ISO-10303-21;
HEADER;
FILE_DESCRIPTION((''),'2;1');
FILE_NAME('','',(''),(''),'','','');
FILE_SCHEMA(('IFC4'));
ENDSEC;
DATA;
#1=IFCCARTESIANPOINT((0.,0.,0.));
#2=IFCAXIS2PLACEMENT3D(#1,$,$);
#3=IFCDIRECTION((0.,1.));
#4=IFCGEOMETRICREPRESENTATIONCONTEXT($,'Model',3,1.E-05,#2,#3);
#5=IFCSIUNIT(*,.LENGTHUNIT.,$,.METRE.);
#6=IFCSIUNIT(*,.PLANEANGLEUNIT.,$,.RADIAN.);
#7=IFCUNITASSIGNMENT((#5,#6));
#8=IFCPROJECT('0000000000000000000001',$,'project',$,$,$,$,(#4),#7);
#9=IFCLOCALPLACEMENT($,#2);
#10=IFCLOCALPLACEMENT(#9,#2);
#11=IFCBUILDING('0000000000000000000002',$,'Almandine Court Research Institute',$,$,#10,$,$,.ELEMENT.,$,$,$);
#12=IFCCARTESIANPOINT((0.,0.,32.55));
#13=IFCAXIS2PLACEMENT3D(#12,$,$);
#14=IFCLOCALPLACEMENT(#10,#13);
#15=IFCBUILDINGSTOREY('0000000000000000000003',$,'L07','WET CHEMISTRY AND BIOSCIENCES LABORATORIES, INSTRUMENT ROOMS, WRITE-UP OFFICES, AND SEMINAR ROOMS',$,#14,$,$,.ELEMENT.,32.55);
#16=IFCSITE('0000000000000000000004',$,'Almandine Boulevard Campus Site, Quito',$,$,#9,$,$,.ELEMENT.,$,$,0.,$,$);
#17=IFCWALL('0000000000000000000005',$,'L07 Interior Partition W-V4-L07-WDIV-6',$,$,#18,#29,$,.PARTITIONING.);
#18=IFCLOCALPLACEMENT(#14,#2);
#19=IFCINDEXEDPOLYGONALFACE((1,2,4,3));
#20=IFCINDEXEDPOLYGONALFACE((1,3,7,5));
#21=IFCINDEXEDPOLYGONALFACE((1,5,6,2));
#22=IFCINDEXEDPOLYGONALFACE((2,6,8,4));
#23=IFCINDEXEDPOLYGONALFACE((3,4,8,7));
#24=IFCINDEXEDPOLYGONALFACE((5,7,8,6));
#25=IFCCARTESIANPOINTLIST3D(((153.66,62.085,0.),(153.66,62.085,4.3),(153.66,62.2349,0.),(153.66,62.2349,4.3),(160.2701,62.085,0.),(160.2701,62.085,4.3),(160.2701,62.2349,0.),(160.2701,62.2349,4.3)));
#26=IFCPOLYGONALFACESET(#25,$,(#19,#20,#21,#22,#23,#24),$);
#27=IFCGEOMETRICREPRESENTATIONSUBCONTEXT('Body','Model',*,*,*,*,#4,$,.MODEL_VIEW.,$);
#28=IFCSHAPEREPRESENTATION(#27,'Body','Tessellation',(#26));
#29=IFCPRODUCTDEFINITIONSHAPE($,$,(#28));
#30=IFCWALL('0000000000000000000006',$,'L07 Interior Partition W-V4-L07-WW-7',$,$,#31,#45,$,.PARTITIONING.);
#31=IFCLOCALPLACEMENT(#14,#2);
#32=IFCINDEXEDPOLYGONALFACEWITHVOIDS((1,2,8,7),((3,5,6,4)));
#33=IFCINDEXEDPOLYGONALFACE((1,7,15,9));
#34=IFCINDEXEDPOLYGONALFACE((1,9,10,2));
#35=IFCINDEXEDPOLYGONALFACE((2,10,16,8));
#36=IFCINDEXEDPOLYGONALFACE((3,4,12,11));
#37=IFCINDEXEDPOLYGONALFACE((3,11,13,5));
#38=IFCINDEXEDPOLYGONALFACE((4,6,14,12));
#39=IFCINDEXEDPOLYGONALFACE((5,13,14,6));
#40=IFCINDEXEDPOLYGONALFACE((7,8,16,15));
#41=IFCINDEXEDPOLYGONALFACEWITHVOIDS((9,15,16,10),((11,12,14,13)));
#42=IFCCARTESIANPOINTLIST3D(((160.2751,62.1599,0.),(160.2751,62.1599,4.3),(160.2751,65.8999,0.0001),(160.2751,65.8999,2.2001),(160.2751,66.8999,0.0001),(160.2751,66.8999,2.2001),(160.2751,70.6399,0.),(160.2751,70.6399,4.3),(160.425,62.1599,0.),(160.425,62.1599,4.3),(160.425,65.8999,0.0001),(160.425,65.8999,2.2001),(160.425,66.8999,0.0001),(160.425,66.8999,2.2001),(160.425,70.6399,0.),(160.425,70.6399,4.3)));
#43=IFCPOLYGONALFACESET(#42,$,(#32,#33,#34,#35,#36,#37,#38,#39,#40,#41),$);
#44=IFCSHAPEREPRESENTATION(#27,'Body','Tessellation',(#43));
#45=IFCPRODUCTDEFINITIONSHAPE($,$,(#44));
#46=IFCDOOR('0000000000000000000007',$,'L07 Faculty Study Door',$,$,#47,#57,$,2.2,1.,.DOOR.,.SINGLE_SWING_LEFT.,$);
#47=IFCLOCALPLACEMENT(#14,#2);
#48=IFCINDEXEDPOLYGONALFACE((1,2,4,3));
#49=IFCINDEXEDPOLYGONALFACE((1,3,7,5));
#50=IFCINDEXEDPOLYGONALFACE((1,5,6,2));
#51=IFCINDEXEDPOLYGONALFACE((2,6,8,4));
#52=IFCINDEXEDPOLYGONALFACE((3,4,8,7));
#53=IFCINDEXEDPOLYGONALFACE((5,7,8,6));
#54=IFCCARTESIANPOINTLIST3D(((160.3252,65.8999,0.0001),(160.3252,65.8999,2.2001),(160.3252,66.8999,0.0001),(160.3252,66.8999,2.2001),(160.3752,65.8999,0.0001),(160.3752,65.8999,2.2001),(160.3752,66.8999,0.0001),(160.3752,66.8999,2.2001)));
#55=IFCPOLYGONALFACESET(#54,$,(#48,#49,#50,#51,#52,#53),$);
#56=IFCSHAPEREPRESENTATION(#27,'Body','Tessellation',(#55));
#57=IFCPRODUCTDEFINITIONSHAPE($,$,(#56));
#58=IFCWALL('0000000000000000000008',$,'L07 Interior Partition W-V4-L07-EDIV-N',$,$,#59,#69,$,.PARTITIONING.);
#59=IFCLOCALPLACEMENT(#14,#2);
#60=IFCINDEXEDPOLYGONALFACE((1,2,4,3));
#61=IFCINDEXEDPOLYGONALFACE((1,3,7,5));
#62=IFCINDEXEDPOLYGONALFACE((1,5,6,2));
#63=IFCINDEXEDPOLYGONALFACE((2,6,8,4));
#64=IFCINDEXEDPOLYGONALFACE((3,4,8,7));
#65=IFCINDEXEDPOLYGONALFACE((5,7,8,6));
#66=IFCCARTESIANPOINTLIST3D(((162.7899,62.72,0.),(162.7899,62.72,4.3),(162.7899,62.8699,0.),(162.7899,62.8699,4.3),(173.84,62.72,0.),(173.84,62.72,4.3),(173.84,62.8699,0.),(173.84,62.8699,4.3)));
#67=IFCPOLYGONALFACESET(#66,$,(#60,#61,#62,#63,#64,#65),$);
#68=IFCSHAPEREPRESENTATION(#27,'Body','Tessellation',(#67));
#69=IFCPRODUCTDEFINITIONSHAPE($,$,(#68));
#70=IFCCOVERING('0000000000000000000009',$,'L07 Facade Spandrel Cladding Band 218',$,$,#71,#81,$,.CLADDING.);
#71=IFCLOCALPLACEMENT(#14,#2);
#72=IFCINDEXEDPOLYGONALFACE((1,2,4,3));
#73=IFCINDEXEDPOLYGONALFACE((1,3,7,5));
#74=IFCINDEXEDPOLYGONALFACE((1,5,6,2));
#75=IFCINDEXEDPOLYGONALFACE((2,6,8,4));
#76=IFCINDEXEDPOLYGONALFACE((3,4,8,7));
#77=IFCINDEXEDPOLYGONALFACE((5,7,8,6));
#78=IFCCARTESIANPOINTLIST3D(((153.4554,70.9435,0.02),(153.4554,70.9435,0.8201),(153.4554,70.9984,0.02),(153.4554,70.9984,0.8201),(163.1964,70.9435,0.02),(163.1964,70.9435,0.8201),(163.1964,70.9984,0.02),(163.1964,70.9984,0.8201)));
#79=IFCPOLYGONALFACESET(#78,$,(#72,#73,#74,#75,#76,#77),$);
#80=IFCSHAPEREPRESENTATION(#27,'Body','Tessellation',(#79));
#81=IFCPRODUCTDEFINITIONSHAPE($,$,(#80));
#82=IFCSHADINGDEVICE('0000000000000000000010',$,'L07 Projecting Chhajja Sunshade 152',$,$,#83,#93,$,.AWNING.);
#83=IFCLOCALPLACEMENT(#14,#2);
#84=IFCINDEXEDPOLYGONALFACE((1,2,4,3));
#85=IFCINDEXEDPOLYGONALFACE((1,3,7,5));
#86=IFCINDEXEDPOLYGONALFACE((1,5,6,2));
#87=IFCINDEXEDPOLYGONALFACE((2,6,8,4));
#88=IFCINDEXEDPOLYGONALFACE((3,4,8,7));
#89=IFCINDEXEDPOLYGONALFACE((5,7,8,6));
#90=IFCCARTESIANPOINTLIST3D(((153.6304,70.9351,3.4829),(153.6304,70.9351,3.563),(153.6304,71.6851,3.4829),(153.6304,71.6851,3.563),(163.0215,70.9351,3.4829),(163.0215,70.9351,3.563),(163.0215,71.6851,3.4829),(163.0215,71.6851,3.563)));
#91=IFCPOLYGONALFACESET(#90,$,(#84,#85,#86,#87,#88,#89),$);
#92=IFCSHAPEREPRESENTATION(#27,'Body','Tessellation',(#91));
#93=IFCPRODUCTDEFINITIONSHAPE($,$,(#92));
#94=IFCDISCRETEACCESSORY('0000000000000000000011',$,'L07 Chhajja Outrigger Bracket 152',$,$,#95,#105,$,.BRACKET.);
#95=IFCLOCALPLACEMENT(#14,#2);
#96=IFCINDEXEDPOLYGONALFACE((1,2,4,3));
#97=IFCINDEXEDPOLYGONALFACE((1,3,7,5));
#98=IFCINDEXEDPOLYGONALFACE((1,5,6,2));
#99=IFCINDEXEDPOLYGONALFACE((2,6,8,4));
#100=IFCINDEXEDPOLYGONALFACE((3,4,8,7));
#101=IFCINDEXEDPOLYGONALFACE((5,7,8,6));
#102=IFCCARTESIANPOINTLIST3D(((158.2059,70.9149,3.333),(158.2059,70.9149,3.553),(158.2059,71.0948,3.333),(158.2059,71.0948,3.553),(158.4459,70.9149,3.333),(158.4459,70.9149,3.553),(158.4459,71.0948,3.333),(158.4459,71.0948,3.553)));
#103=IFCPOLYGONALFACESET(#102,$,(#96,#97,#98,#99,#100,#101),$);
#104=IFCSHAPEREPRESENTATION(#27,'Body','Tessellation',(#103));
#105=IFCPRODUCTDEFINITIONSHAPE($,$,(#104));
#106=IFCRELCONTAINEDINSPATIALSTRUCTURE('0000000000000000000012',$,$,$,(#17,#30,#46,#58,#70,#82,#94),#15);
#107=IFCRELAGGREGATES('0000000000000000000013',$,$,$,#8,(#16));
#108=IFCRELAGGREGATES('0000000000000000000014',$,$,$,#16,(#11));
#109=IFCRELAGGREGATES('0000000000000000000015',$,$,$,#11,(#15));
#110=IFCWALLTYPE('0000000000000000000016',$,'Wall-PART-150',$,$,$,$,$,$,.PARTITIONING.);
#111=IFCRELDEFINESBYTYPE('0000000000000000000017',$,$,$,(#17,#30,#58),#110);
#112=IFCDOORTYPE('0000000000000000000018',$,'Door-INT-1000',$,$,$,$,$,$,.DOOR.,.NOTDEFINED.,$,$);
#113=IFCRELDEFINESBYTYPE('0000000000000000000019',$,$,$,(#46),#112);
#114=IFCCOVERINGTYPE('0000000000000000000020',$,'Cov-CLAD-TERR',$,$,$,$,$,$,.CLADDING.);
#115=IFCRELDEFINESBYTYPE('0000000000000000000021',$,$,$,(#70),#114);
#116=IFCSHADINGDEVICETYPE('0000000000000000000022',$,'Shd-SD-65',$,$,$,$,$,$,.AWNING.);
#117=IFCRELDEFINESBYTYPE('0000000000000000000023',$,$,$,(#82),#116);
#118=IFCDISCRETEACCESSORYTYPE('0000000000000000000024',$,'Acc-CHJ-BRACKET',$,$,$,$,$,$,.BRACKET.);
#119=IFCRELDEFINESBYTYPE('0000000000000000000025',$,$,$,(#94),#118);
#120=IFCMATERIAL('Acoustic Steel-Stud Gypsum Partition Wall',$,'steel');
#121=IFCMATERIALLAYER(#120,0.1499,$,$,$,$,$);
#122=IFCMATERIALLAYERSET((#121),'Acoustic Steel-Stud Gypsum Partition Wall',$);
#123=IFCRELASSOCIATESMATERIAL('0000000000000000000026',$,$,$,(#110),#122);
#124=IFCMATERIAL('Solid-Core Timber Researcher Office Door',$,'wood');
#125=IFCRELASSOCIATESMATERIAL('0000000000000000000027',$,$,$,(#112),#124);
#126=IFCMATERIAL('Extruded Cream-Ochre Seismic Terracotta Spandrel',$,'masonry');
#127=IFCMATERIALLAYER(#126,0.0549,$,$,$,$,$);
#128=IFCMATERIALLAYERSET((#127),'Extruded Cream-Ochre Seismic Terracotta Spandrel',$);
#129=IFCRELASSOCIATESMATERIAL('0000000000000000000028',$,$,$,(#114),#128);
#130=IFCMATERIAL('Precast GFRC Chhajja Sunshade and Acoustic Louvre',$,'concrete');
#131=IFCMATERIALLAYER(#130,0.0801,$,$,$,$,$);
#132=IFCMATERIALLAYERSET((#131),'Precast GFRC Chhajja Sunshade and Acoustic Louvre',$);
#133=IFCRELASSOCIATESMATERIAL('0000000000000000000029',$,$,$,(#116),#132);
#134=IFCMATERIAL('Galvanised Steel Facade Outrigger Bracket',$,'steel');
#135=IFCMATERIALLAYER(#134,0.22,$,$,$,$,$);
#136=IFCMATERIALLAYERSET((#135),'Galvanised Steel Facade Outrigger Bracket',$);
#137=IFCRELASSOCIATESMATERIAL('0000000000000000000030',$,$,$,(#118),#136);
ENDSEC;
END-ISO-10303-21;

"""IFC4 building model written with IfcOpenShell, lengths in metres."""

from ifc_helpers import new_model, si_unit, direction, frame, frame_2d, origin, origin_2d, place, context, subcontext, project, spatial, rectangle, extrude, material, layer, layer_set, type_object, element, fill, save


model = new_model("IFC4")

# Units and contexts
model_context = context("Model", 3, precision=1e-05, world=origin(), true_north=direction((0.0, 1.0)))
body_context = subcontext(model_context, "Body", "Model", "MODEL_VIEW")
ifc_project = project(units=[si_unit("LENGTHUNIT", "METRE"), si_unit("PLANEANGLEUNIT", "RADIAN")], contexts=[model_context])

# Site, building, storey
site_placement = place(None, origin())
site = spatial("IfcSite", under=ifc_project, at=site_placement, Name="Almandine Boulevard Campus Site, Quito", CompositionType="ELEMENT", RefElevation=0.0)
building_placement = place(site_placement, origin())
building = spatial("IfcBuilding", under=site, at=building_placement, Name="Almandine Court Research Institute", CompositionType="ELEMENT")
storey_placement = place(building_placement, frame((0.0, 0.0, 32.55)))
storey = spatial("IfcBuildingStorey", under=building, at=storey_placement, Name="L07", Description="WET CHEMISTRY AND BIOSCIENCES LABORATORIES, INSTRUMENT ROOMS, WRITE-UP OFFICES, AND SEMINAR ROOMS", CompositionType="ELEMENT", Elevation=32.55)

# Wall
ifc_material_1 = material(Name="Acoustic Steel-Stud Gypsum Partition Wall", Category="steel")
ifc_layer_1 = layer(ifc_material_1, 0.1499)
ifc_layer_set_1 = layer_set([ifc_layer_1], Name="Acoustic Steel-Stud Gypsum Partition Wall")
wall_type_1 = type_object("IfcWallType", Name="Wall-PART-150", PredefinedType="PARTITIONING", material=ifc_layer_set_1)
wall_1_placement = place(storey_placement, frame((153.6599, 62.1599, 0.0), z_axis=(0.0, 0.0, 1.0), x_axis=(1.0, 0.0, 0.0)))
element("IfcWall", 1, at=wall_1_placement, inside=storey, type_object=wall_type_1, Name="L07 Interior Partition W-V4-L07-WDIV-6", PredefinedType="PARTITIONING", context=body_context, shape_type="SweptSolid", body=[
    extrude(rectangle(XDim=6.6101, YDim=0.1499, at=frame_2d((3.3052, 0.0))), origin(), (0.0, 0.0, 1.0), 4.3),
])

# Wall, opening, door
wall_2_placement = place(storey_placement, frame((160.3501, 62.1599, 0.0), z_axis=(0.0, 0.0, 1.0), x_axis=(0.0, 1.0, 0.0)))
wall_2 = element("IfcWall", 2, at=wall_2_placement, inside=storey, type_object=wall_type_1, Name="L07 Interior Partition W-V4-L07-WW-7", PredefinedType="PARTITIONING", context=body_context, shape_type="SweptSolid", body=[
    extrude(rectangle(XDim=8.48, YDim=0.1499, at=frame_2d((4.24, 0.0))), origin(), (0.0, 0.0, 1.0), 4.3),
])
opening_1_placement = place(wall_2_placement, frame((3.74, 0.0, 0.0)))
opening_1 = element("IfcOpeningElement", 3, at=opening_1_placement, cuts=wall_2, PredefinedType="OPENING", context=body_context, shape_type="SweptSolid", body=[
    extrude(rectangle(XDim=1.0, YDim=2.2, at=frame_2d((0.5, 1.1001))), frame((0.0, 0.085, 0.0), z_axis=(0.0, -1.0, 0.0), x_axis=(1.0, 0.0, 0.0)), (0.0, 0.0, 1.0), 0.1699),
])
ifc_material_2 = material(Name="Solid-Core Timber Researcher Office Door", Category="wood")
door_type_1 = type_object("IfcDoorType", Name="Door-INT-1000", OperationType="NOTDEFINED", PredefinedType="DOOR", material=ifc_material_2)
door_1_placement = place(opening_1_placement, origin())
door_1 = element("IfcDoor", 4, at=door_1_placement, inside=storey, type_object=door_type_1, Name="L07 Faculty Study Door", OperationType="SINGLE_SWING_LEFT", OverallHeight=2.2, OverallWidth=1.0, PredefinedType="DOOR", context=body_context, shape_type="SweptSolid", body=[
    extrude(rectangle(XDim=1.0, YDim=2.2, at=frame_2d((0.5, 1.1001))), frame((0.0, 0.0249, 0.0), z_axis=(0.0, -1.0, 0.0), x_axis=(1.0, 0.0, 0.0)), (0.0, 0.0, 1.0), 0.05),
])
fill(opening_1, door_1)

# Wall
wall_3_placement = place(storey_placement, frame((162.79, 62.7949, 0.0), z_axis=(0.0, 0.0, 1.0), x_axis=(1.0, 0.0, 0.0)))
element("IfcWall", 5, at=wall_3_placement, inside=storey, type_object=wall_type_1, Name="L07 Interior Partition W-V4-L07-EDIV-N", PredefinedType="PARTITIONING", context=body_context, shape_type="SweptSolid", body=[
    extrude(rectangle(XDim=11.05, YDim=0.1499, at=frame_2d((5.5249, 0.0))), origin(), (0.0, 0.0, 1.0), 4.3),
])

# Covering
ifc_material_3 = material(Name="Extruded Cream-Ochre Seismic Terracotta Spandrel", Category="masonry")
ifc_layer_2 = layer(ifc_material_3, 0.0549)
ifc_layer_set_2 = layer_set([ifc_layer_2], Name="Extruded Cream-Ochre Seismic Terracotta Spandrel")
covering_type = type_object("IfcCoveringType", Name="Cov-CLAD-TERR", PredefinedType="CLADDING", material=ifc_layer_set_2)
covering_placement = place(storey_placement, frame((158.3259, 70.9709, 0.02), z_axis=(0.0, 0.0, 1.0), x_axis=(1.0, 0.0, 0.0)))
element("IfcCovering", 6, at=covering_placement, inside=storey, type_object=covering_type, Name="L07 Facade Spandrel Cladding Band 218", PredefinedType="CLADDING", context=body_context, shape_type="SweptSolid", body=[
    extrude(rectangle(XDim=9.741, YDim=0.0549, at=origin_2d()), origin(), (0.0, 0.0, 1.0), 0.8),
])

# Shading device
ifc_material_4 = material(Name="Precast GFRC Chhajja Sunshade and Acoustic Louvre", Category="concrete")
ifc_layer_3 = layer(ifc_material_4, 0.0801)
ifc_layer_set_3 = layer_set([ifc_layer_3], Name="Precast GFRC Chhajja Sunshade and Acoustic Louvre")
shading_device_type = type_object("IfcShadingDeviceType", Name="Shd-SD-65", PredefinedType="AWNING", material=ifc_layer_set_3)
shading_device_placement = place(storey_placement, frame((158.3259, 71.3101, 3.4829), z_axis=(0.0, 0.0, 1.0), x_axis=(1.0, 0.0, 0.0)))
element("IfcShadingDevice", 7, at=shading_device_placement, inside=storey, type_object=shading_device_type, Name="L07 Projecting Chhajja Sunshade 152", PredefinedType="AWNING", context=body_context, shape_type="SweptSolid", body=[
    extrude(rectangle(XDim=9.3911, YDim=0.75, at=origin_2d()), origin(), (0.0, 0.0, 1.0), 0.0801),
])

# Discrete accessory
ifc_material_5 = material(Name="Galvanised Steel Facade Outrigger Bracket", Category="steel")
ifc_layer_4 = layer(ifc_material_5, 0.22)
ifc_layer_set_4 = layer_set([ifc_layer_4], Name="Galvanised Steel Facade Outrigger Bracket")
discrete_accessory_type = type_object("IfcDiscreteAccessoryType", Name="Acc-CHJ-BRACKET", PredefinedType="BRACKET", material=ifc_layer_set_4)
discrete_accessory_placement = place(storey_placement, frame((158.3259, 71.0049, 3.333), z_axis=(0.0, 0.0, 1.0), x_axis=(1.0, 0.0, 0.0)))
element("IfcDiscreteAccessory", 8, at=discrete_accessory_placement, inside=storey, type_object=discrete_accessory_type, Name="L07 Chhajja Outrigger Bracket 152", PredefinedType="BRACKET", context=body_context, shape_type="SweptSolid", body=[
    extrude(rectangle(XDim=0.24, YDim=0.1799, at=origin_2d()), origin(), (0.0, 0.0, 1.0), 0.22),
])

save(model, "model.ifc")
